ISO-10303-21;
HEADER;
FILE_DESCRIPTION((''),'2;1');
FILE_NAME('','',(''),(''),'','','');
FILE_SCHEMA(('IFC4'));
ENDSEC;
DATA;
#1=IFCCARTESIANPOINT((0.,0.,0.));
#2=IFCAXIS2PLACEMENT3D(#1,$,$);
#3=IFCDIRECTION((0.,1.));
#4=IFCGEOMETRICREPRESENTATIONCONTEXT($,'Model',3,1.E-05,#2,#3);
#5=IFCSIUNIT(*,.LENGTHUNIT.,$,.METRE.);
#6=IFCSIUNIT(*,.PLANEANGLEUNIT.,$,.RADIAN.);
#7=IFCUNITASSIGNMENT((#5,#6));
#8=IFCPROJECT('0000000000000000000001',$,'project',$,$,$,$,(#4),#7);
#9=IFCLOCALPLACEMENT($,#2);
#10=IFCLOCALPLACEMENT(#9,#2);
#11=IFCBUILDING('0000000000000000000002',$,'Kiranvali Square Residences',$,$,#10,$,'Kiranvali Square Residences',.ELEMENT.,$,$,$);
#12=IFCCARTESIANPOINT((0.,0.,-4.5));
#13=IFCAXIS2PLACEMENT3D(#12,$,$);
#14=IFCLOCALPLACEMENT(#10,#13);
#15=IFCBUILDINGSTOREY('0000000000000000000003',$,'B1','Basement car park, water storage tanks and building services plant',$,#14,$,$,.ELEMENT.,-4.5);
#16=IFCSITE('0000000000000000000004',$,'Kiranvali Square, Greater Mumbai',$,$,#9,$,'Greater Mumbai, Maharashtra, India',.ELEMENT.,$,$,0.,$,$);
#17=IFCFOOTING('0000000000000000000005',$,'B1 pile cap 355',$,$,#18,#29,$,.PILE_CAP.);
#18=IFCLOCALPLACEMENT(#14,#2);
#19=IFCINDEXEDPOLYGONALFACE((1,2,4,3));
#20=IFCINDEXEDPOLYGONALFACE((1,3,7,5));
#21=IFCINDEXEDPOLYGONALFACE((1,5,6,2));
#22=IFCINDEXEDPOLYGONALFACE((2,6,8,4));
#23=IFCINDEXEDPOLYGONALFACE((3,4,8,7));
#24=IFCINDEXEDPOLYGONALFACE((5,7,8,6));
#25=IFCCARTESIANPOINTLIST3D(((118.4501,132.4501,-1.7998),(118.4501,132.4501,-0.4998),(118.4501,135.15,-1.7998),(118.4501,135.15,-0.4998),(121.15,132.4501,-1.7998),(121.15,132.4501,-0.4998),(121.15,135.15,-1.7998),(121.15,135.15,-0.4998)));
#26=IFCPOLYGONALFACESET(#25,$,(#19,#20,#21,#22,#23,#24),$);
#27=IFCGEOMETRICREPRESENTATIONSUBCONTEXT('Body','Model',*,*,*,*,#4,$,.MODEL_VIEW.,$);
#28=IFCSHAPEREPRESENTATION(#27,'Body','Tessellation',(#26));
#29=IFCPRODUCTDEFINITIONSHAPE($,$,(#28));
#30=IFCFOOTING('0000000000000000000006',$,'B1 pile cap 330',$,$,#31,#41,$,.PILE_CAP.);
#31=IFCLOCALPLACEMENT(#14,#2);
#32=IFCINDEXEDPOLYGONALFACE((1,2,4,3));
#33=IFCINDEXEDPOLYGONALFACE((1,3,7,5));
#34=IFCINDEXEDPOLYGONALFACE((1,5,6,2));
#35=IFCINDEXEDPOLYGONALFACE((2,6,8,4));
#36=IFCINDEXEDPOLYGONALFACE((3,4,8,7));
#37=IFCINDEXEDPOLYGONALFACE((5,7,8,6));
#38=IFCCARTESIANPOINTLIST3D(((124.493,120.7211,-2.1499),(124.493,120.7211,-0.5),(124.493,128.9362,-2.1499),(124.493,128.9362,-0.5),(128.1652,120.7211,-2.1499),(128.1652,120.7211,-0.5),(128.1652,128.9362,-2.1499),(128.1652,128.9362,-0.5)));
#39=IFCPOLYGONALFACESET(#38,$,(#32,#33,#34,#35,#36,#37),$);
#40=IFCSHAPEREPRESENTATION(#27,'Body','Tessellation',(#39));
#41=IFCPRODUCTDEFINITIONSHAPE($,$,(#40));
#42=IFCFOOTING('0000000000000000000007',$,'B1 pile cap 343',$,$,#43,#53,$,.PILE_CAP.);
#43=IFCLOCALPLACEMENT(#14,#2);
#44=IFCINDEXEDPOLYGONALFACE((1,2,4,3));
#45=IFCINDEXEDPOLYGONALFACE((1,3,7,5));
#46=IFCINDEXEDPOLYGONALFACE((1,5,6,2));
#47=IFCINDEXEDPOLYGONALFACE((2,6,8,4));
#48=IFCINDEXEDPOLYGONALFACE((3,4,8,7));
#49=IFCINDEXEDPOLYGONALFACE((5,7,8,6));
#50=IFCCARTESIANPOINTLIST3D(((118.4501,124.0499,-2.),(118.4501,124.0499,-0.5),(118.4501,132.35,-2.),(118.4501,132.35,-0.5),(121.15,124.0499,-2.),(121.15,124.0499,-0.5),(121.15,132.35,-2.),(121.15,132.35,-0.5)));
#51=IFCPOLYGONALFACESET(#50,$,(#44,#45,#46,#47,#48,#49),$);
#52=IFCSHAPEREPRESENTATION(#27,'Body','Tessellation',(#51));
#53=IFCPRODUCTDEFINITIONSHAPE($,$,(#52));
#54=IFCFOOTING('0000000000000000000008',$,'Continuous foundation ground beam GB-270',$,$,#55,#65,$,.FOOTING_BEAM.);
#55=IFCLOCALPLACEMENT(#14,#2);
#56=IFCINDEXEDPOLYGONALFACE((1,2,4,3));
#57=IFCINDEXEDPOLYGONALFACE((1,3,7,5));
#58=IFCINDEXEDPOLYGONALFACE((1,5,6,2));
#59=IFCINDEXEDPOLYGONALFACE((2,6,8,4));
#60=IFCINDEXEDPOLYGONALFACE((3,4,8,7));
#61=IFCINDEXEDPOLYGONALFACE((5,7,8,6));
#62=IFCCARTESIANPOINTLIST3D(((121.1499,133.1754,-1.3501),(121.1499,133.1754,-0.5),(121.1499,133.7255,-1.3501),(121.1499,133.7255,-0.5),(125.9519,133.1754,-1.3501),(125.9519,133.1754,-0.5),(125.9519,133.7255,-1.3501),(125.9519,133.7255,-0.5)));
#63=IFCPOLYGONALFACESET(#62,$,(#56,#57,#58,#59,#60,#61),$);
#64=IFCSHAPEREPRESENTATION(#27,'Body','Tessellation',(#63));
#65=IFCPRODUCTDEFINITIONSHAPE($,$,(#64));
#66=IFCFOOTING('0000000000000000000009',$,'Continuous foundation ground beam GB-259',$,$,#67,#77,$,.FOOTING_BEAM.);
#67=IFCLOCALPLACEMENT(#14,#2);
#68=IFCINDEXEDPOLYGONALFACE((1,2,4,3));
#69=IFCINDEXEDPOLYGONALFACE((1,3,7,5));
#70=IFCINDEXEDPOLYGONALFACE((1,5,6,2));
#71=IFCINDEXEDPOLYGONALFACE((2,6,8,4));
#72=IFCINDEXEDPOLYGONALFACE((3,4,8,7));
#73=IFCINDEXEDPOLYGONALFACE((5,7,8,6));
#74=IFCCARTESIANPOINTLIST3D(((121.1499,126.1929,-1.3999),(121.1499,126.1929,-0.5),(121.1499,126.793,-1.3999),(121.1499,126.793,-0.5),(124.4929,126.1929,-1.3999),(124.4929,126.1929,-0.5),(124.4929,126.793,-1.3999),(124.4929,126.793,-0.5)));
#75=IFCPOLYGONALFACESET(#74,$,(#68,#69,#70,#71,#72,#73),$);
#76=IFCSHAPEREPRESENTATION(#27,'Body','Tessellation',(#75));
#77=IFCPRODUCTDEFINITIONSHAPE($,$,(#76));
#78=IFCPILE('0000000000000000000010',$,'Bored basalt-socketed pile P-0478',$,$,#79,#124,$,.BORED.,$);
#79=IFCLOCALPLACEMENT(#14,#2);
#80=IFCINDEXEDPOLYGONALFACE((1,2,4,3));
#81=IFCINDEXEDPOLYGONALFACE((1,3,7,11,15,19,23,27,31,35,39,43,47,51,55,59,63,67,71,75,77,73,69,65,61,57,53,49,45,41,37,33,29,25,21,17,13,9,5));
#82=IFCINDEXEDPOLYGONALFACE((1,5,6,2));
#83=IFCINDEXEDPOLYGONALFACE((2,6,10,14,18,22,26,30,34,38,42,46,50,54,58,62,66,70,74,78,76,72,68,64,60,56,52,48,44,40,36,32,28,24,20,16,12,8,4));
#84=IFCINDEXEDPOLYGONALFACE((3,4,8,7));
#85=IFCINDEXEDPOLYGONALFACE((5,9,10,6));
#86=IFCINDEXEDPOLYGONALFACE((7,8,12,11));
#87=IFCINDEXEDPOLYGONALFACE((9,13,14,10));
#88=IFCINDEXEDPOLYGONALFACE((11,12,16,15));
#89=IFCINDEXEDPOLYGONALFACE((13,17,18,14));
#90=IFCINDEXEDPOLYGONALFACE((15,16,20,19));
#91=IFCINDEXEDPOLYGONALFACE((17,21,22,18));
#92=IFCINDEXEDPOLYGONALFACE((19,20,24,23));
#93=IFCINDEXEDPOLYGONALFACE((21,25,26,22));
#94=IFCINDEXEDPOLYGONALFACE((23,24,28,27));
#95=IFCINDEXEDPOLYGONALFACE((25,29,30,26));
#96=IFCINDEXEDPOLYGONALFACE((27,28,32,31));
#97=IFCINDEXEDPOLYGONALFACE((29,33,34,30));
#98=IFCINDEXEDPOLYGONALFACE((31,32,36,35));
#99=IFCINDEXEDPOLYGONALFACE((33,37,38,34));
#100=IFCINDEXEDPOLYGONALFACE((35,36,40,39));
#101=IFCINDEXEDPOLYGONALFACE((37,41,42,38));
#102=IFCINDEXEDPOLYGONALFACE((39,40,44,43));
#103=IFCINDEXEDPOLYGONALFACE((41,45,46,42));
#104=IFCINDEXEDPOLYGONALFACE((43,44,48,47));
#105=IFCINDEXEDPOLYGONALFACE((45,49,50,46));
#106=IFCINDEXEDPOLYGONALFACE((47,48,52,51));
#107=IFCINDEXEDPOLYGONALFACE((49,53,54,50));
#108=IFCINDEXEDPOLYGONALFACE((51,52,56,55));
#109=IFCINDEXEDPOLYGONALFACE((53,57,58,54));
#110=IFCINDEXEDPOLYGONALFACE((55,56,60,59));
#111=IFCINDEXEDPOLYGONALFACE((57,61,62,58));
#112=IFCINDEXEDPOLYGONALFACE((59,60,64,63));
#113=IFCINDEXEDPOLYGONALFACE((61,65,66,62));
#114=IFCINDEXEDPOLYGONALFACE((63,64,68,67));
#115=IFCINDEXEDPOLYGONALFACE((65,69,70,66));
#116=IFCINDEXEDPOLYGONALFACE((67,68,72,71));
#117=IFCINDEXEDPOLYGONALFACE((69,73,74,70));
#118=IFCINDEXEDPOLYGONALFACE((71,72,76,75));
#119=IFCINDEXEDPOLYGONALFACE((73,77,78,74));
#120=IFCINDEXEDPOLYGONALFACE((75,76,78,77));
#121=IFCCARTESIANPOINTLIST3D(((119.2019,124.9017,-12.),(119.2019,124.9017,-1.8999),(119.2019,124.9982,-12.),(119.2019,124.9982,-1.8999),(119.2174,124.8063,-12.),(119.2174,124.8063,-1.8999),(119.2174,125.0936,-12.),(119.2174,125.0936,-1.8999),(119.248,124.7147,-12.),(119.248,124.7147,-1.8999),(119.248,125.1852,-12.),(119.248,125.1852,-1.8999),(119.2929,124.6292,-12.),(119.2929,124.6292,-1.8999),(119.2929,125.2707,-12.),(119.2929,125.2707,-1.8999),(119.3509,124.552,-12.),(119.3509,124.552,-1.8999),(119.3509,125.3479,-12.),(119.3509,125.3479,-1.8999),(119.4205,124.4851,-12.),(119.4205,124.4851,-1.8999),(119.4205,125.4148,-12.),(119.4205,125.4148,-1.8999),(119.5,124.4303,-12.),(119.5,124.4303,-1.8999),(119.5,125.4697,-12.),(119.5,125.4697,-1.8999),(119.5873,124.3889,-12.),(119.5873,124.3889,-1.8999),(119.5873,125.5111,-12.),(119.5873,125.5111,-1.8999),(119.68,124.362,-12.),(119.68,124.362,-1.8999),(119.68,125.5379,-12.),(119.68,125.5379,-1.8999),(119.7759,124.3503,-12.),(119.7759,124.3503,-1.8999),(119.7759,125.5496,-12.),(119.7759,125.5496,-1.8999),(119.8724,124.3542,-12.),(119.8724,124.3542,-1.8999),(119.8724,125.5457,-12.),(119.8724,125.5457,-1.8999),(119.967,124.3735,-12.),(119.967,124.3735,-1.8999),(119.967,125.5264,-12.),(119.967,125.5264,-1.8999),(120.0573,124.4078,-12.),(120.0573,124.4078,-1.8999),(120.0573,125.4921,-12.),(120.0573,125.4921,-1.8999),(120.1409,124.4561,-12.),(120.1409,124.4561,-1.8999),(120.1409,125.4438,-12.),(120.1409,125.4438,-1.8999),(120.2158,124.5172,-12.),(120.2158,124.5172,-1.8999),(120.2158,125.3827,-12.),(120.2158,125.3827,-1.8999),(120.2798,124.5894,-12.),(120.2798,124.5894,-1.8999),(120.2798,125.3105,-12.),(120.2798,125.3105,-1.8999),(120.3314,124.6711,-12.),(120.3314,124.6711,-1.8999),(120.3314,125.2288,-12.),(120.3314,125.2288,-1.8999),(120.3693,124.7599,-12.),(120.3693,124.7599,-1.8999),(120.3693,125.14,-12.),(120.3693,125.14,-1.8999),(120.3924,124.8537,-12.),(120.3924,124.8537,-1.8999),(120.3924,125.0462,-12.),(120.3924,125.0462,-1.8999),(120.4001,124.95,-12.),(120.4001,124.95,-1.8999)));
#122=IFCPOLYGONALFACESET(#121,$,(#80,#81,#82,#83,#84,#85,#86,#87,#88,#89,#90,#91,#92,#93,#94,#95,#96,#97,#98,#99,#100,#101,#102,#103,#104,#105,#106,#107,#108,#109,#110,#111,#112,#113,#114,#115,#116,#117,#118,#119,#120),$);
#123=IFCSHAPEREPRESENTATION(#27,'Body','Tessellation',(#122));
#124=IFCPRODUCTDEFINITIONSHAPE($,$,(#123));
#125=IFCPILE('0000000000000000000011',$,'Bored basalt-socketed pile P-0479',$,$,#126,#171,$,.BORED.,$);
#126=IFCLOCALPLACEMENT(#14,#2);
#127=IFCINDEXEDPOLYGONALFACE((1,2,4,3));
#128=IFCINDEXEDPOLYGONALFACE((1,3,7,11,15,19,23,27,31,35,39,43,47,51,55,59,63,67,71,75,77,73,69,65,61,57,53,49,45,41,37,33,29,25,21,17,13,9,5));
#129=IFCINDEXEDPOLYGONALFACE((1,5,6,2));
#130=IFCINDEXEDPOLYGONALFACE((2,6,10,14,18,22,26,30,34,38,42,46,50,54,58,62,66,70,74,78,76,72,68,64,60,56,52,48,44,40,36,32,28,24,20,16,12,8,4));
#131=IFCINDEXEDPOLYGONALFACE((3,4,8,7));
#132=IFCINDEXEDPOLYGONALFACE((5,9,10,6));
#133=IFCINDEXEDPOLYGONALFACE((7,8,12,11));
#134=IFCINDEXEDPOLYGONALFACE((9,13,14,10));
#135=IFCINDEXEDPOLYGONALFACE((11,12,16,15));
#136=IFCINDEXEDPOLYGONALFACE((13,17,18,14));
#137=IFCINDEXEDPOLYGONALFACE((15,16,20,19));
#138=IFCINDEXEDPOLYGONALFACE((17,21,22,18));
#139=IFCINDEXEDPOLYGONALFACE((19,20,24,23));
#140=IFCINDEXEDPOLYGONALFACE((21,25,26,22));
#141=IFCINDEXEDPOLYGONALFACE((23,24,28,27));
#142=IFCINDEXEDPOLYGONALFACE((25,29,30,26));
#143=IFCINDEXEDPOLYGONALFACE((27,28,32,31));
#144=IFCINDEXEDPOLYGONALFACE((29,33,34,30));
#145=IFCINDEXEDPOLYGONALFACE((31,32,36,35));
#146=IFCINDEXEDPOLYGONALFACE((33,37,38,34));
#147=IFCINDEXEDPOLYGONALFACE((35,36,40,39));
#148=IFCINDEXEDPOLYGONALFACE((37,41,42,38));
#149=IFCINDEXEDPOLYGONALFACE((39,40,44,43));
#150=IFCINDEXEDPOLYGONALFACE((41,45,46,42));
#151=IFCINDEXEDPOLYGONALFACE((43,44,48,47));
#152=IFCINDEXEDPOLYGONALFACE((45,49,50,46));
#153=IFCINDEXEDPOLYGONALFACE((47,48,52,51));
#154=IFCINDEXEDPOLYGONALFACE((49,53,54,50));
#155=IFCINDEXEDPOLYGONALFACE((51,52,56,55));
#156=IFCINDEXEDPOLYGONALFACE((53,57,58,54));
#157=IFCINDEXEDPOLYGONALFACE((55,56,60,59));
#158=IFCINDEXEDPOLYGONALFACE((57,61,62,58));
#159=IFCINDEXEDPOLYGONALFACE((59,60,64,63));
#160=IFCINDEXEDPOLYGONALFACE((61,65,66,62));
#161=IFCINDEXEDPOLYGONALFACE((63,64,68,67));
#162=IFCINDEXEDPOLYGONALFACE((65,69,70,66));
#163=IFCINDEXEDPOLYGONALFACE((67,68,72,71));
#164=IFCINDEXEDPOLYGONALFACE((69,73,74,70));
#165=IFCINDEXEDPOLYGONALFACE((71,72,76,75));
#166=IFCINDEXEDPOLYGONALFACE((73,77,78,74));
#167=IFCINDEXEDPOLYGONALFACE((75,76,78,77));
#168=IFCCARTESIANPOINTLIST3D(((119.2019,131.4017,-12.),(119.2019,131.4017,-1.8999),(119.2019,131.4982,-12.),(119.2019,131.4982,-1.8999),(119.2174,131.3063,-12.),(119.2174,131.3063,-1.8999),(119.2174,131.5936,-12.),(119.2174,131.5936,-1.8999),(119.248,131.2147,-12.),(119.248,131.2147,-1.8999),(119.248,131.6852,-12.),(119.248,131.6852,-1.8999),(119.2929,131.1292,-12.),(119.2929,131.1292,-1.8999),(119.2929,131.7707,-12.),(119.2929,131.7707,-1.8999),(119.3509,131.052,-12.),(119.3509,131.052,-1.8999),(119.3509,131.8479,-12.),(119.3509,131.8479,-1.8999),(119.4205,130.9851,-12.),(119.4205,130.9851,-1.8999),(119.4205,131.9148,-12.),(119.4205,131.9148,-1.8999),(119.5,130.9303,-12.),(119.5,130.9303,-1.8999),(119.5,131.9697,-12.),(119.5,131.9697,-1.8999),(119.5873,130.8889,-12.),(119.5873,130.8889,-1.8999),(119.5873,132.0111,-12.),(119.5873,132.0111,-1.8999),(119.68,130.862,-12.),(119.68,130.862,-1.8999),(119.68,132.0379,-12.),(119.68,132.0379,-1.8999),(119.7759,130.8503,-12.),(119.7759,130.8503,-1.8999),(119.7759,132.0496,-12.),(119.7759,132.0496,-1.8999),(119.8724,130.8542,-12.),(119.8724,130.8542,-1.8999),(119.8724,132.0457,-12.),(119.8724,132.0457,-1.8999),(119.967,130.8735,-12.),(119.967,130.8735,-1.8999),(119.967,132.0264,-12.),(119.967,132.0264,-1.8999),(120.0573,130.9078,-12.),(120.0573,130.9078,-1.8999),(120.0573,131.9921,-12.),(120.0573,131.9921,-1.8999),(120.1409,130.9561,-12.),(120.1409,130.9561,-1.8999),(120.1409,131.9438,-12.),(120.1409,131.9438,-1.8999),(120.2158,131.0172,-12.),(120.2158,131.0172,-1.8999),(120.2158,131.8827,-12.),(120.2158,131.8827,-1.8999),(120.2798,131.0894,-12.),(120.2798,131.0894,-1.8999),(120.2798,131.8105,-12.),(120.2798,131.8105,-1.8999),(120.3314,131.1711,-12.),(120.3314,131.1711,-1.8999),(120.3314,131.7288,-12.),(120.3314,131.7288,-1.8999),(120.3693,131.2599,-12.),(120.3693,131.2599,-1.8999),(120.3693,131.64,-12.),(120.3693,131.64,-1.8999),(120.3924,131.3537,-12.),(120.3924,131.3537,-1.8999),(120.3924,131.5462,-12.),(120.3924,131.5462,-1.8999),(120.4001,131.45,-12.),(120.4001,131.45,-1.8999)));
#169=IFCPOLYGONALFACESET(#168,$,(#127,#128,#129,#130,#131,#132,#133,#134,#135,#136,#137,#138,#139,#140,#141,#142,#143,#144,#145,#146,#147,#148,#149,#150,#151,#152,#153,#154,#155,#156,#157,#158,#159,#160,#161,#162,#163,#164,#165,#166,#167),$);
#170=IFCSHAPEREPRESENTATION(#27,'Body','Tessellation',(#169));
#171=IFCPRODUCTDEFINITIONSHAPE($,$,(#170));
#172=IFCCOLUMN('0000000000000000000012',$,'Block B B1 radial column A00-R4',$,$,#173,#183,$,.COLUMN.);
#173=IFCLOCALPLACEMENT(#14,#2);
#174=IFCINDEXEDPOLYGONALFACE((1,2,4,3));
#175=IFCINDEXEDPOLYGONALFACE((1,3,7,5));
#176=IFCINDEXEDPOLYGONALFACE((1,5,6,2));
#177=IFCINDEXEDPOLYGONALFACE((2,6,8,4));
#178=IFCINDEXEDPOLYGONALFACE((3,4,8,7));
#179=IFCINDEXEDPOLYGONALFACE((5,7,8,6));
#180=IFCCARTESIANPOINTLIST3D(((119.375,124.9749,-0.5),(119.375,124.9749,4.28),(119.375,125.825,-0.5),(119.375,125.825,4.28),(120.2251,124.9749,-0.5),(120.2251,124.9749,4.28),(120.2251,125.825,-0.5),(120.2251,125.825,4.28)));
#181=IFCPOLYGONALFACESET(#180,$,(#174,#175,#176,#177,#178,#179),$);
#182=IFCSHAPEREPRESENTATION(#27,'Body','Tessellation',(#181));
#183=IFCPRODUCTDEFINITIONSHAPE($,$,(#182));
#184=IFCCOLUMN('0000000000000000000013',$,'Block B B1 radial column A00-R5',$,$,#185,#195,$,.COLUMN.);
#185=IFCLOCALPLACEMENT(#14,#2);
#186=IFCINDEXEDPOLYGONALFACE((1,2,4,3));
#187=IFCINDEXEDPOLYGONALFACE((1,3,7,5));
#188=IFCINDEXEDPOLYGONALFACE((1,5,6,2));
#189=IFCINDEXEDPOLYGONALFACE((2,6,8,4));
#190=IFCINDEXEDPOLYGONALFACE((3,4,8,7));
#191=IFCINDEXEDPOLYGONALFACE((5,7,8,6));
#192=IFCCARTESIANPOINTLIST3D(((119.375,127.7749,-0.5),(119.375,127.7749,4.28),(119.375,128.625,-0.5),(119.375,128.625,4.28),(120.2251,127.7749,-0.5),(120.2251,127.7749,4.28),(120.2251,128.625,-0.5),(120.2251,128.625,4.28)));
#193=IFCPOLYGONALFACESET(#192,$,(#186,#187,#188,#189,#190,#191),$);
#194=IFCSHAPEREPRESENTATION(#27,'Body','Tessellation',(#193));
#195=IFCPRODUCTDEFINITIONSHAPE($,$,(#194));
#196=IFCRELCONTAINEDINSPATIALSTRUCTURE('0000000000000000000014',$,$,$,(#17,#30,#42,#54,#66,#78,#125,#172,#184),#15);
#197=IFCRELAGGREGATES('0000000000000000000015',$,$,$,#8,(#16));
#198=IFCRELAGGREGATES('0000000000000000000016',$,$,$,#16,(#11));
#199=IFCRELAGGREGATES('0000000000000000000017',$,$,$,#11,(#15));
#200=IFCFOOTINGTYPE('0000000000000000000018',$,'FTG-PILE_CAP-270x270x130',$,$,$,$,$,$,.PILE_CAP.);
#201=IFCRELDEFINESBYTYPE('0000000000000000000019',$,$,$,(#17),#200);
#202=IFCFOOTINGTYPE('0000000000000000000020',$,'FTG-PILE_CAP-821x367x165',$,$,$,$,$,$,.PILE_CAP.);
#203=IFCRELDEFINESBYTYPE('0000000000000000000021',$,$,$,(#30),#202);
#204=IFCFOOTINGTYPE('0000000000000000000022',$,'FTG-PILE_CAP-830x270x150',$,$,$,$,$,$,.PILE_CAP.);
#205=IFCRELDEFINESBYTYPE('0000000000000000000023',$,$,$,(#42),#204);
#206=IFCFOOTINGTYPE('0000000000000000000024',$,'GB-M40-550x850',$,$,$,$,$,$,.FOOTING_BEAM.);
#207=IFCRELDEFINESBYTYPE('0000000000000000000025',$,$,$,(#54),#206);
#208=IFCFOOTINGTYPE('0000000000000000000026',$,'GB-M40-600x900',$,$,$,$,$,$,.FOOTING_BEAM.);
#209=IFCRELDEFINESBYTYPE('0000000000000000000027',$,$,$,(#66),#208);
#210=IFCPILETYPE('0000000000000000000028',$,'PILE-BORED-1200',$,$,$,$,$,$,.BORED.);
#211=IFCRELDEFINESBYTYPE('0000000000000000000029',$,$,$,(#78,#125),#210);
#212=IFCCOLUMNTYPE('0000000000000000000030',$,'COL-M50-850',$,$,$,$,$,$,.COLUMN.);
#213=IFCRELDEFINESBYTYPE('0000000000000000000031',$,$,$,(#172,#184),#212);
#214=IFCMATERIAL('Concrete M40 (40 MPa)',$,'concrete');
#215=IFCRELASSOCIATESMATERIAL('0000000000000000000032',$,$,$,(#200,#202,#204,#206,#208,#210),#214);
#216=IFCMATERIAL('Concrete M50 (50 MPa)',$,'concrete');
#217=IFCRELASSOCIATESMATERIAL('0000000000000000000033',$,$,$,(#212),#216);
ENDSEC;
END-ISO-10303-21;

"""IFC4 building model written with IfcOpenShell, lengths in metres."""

from ifc_helpers import new_model, si_unit, direction, frame, origin, origin_2d, place, context, subcontext, project, spatial, rectangle, circle, extrude, material, material_profile, profile_set, type_object, element, save


model = new_model("IFC4")

# Units and contexts
model_context = context("Model", 3, precision=1e-05, world=origin(), true_north=direction((0.0, 1.0)))
body_context = subcontext(model_context, "Body", "Model", "MODEL_VIEW")
ifc_project = project(units=[si_unit("LENGTHUNIT", "METRE"), si_unit("PLANEANGLEUNIT", "RADIAN")], contexts=[model_context])

# Site, building, storey
site_placement = place(None, origin())
site = spatial("IfcSite", under=ifc_project, at=site_placement, Name="Kiranvali Square, Greater Mumbai", LongName="Greater Mumbai, Maharashtra, India", CompositionType="ELEMENT", RefElevation=0.0)
building_placement = place(site_placement, origin())
building = spatial("IfcBuilding", under=site, at=building_placement, Name="Kiranvali Square Residences", LongName="Kiranvali Square Residences", CompositionType="ELEMENT")
storey_placement = place(building_placement, frame((0.0, 0.0, -4.5)))
storey = spatial("IfcBuildingStorey", under=building, at=storey_placement, Name="B1", Description="Basement car park, water storage tanks and building services plant", CompositionType="ELEMENT", Elevation=-4.5)

# Footings
ifc_material_1 = material(Name="Concrete M40 (40 MPa)", Category="concrete")
footing_type_1 = type_object("IfcFootingType", Name="FTG-PILE_CAP-270x270x130", PredefinedType="PILE_CAP", material=ifc_material_1)
footing_1_placement = place(storey_placement, frame((119.8, 133.8, -1.7998), z_axis=(0.0, 0.0, 1.0), x_axis=(1.0, 0.0, 0.0)))
element("IfcFooting", 1, at=footing_1_placement, inside=storey, type_object=footing_type_1, Name="B1 pile cap 355", PredefinedType="PILE_CAP", context=body_context, shape_type="SweptSolid", body=[
    extrude(rectangle(XDim=2.7, YDim=2.7, at=origin_2d()), origin(), (0.0, 0.0, 1.0), 1.3),
])
footing_type_2 = type_object("IfcFootingType", Name="FTG-PILE_CAP-821x367x165", PredefinedType="PILE_CAP", material=ifc_material_1)
footing_2_placement = place(storey_placement, frame((126.3291, 124.8286, -2.1499), z_axis=(0.0, 0.0, 1.0), x_axis=(0.0, 1.0, 0.0)))
element("IfcFooting", 2, at=footing_2_placement, inside=storey, type_object=footing_type_2, Name="B1 pile cap 330", PredefinedType="PILE_CAP", context=body_context, shape_type="SweptSolid", body=[
    extrude(rectangle(XDim=8.2151, YDim=3.6721, at=origin_2d()), origin(), (0.0, 0.0, 1.0), 1.6499),
])
footing_type_3 = type_object("IfcFootingType", Name="FTG-PILE_CAP-830x270x150", PredefinedType="PILE_CAP", material=ifc_material_1)
footing_3_placement = place(storey_placement, frame((119.8, 128.2, -2.0), z_axis=(0.0, 0.0, 1.0), x_axis=(0.0, 1.0, 0.0)))
element("IfcFooting", 3, at=footing_3_placement, inside=storey, type_object=footing_type_3, Name="B1 pile cap 343", PredefinedType="PILE_CAP", context=body_context, shape_type="SweptSolid", body=[
    extrude(rectangle(XDim=8.3, YDim=2.7, at=origin_2d()), origin(), (0.0, 0.0, 1.0), 1.5),
])
ifc_material_profile_1 = material_profile(ifc_material_1, rectangle(XDim=0.55, YDim=0.8501, at=origin_2d()), Name="GB 550x850")
ifc_profile_set_1 = profile_set([ifc_material_profile_1], Name="Concrete M40 (40 MPa)")
footing_type_4 = type_object("IfcFootingType", Name="GB-M40-550x850", PredefinedType="FOOTING_BEAM", material=ifc_profile_set_1)
footing_4_placement = place(storey_placement, frame((121.1499, 133.4504, -0.925), z_axis=(1.0, 0.0, 0.0), x_axis=(0.0, 1.0, 0.0)))
element("IfcFooting", 4, at=footing_4_placement, inside=storey, type_object=footing_type_4, Name="Continuous foundation ground beam GB-270", PredefinedType="FOOTING_BEAM", context=body_context, shape_type="SweptSolid", body=[
    extrude(rectangle(XDim=0.55, YDim=0.8501, at=origin_2d()), origin(), (0.0, 0.0, 1.0), 4.802),
])
ifc_material_profile_2 = material_profile(ifc_material_1, rectangle(XDim=0.6001, YDim=0.8999, at=origin_2d()), Name="GB 600x900")
ifc_profile_set_2 = profile_set([ifc_material_profile_2], Name="Concrete M40 (40 MPa)")
footing_type_5 = type_object("IfcFootingType", Name="GB-M40-600x900", PredefinedType="FOOTING_BEAM", material=ifc_profile_set_2)
footing_5_placement = place(storey_placement, frame((121.1499, 126.4929, -0.95), z_axis=(1.0, 0.0, 0.0), x_axis=(0.0, 1.0, 0.0)))
element("IfcFooting", 5, at=footing_5_placement, inside=storey, type_object=footing_type_5, Name="Continuous foundation ground beam GB-259", PredefinedType="FOOTING_BEAM", context=body_context, shape_type="SweptSolid", body=[
    extrude(rectangle(XDim=0.6001, YDim=0.8999, at=origin_2d()), origin(), (0.0, 0.0, 1.0), 3.343),
])

# Piles
ifc_material_profile_3 = material_profile(ifc_material_1, circle(Radius=0.6001, at=origin_2d()), Name="BORED PILE 1200")
ifc_profile_set_3 = profile_set([ifc_material_profile_3], Name="Concrete M40 (40 MPa)")
pile_type = type_object("IfcPileType", Name="PILE-BORED-1200", PredefinedType="BORED", material=ifc_profile_set_3)
for number, where, z_axis, x_axis, name in (
    (6, (119.8, 124.95, -1.8999), (0.0, 0.0, -1.0), (1.0, 0.0, 0.0), "Bored basalt-socketed pile P-0478"),
    (7, (119.8, 131.45, -1.8999), (0.0, 0.0, -1.0), (1.0, 0.0, 0.0), "Bored basalt-socketed pile P-0479"),
):
    element("IfcPile", number, at=place(storey_placement, frame(where, z_axis=z_axis, x_axis=x_axis)), inside=storey, type_object=pile_type, Name=name, PredefinedType="BORED", context=body_context, shape_type="SweptSolid", body=[
        extrude(circle(Radius=0.6001, at=origin_2d()), origin(), (0.0, 0.0, 1.0), 10.1001),
    ])

# Columns
ifc_material_2 = material(Name="Concrete M50 (50 MPa)", Category="concrete")
ifc_material_profile_4 = material_profile(ifc_material_2, rectangle(XDim=0.8501, YDim=0.8501, at=origin_2d()), Name="RC 850x850")
ifc_profile_set_4 = profile_set([ifc_material_profile_4], Name="Concrete M50 (50 MPa)")
column_type = type_object("IfcColumnType", Name="COL-M50-850", PredefinedType="COLUMN", material=ifc_profile_set_4)
for number, where, z_axis, x_axis, name in (
    (8, (119.8, 125.3999, -0.5), (0.0, 0.0, 1.0), (1.0, 0.0, 0.0), "Block B B1 radial column A00-R4"),
    (9, (119.8, 128.2, -0.5), (0.0, 0.0, 1.0), (1.0, 0.0, 0.0), "Block B B1 radial column A00-R5"),
):
    element("IfcColumn", number, at=place(storey_placement, frame(where, z_axis=z_axis, x_axis=x_axis)), inside=storey, type_object=column_type, Name=name, PredefinedType="COLUMN", context=body_context, shape_type="SweptSolid", body=[
        extrude(rectangle(XDim=0.8501, YDim=0.8501, at=origin_2d()), origin(), (0.0, 0.0, 1.0), 4.78),
    ])

save(model, "model.ifc")
